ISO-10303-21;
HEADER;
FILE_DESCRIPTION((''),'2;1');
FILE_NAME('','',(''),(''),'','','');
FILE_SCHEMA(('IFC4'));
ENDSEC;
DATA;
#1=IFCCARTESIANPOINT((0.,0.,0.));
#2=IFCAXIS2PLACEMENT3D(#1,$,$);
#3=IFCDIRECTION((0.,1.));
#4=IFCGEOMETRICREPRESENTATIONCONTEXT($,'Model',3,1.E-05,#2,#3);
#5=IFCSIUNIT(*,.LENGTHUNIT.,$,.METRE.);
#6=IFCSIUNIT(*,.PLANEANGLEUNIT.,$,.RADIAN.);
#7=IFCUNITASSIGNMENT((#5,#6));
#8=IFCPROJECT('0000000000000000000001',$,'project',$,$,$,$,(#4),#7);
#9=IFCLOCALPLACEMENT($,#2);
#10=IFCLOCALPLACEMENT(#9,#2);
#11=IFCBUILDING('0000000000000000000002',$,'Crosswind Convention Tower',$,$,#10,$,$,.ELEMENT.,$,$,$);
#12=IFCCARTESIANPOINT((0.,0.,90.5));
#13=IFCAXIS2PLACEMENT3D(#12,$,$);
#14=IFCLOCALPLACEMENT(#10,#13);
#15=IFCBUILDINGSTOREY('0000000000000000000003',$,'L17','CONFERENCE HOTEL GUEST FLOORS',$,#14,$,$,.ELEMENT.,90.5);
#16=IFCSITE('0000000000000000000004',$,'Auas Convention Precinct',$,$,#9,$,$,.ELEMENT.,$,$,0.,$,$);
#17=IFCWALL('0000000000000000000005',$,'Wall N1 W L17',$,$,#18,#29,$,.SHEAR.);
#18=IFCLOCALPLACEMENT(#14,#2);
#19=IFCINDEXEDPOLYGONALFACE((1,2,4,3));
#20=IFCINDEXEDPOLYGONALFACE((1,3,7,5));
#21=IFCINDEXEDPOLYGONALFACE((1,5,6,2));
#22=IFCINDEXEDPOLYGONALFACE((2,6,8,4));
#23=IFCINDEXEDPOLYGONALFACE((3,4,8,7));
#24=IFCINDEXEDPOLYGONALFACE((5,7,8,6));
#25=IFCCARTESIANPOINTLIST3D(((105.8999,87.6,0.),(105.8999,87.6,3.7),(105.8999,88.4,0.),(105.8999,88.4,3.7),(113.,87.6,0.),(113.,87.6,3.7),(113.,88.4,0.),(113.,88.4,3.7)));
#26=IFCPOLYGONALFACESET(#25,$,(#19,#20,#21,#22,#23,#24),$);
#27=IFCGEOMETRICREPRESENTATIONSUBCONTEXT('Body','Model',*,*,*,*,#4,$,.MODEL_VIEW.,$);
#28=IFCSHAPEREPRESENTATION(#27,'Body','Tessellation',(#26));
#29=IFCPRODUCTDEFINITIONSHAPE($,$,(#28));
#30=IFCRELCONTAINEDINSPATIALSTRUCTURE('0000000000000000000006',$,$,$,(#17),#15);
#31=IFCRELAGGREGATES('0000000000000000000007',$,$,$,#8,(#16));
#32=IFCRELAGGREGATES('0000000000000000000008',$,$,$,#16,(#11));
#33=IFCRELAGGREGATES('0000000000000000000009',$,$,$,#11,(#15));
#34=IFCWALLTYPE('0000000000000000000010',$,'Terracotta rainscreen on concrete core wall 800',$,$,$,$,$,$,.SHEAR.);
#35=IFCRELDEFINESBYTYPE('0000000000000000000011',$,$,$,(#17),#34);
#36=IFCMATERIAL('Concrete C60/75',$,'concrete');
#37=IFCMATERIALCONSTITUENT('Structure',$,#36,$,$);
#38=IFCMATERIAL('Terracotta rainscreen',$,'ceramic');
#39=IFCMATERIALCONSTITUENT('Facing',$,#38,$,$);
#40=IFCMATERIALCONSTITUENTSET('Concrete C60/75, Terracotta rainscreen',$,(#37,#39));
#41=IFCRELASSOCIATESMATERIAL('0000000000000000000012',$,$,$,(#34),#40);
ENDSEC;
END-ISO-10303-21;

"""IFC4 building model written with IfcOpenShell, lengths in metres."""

from ifc_helpers import new_model, si_unit, direction, frame, frame_2d, origin, place, context, subcontext, project, spatial, rectangle, extrude, material, constituent, constituent_set, type_object, element, save


model = new_model("IFC4")

# Units and contexts
model_context = context("Model", 3, precision=1e-05, world=origin(), true_north=direction((0.0, 1.0)))
body_context = subcontext(model_context, "Body", "Model", "MODEL_VIEW")
ifc_project = project(units=[si_unit("LENGTHUNIT", "METRE"), si_unit("PLANEANGLEUNIT", "RADIAN")], contexts=[model_context])

# Site, building, storey
site_placement = place(None, origin())
site = spatial("IfcSite", under=ifc_project, at=site_placement, Name="Auas Convention Precinct", CompositionType="ELEMENT", RefElevation=0.0)
building_placement = place(site_placement, origin())
building = spatial("IfcBuilding", under=site, at=building_placement, Name="Crosswind Convention Tower", CompositionType="ELEMENT")
storey_placement = place(building_placement, frame((0.0, 0.0, 90.5)))
storey = spatial("IfcBuildingStorey", under=building, at=storey_placement, Name="L17", Description="CONFERENCE HOTEL GUEST FLOORS", CompositionType="ELEMENT", Elevation=90.5)

# Wall
ifc_material_1 = material(Name="Concrete C60/75", Category="concrete")
ifc_constituent_1 = constituent(ifc_material_1, Name="Structure")
ifc_material_2 = material(Name="Terracotta rainscreen", Category="ceramic")
ifc_constituent_2 = constituent(ifc_material_2, Name="Facing")
ifc_constituent_set = constituent_set(constituents=[ifc_constituent_1, ifc_constituent_2], Name="Concrete C60/75, Terracotta rainscreen")
wall_type_1 = type_object("IfcWallType", Name="Terracotta rainscreen on concrete core wall 800", PredefinedType="SHEAR", material=ifc_constituent_set)
wall_1_placement = place(storey_placement, frame((113.0, 88.0, 0.0), z_axis=(0.0, 0.0, 1.0), x_axis=(-1.0, 0.0, 0.0)))
element("IfcWall", 1, at=wall_1_placement, inside=storey, type_object=wall_type_1, Name="Wall N1 W L17", PredefinedType="SHEAR", context=body_context, shape_type="SweptSolid", body=[
    extrude(rectangle(XDim=7.1001, YDim=0.8, at=frame_2d((3.55, 0.0))), origin(), (0.0, 0.0, 1.0), 3.7),
])

save(model, "model.ifc")
